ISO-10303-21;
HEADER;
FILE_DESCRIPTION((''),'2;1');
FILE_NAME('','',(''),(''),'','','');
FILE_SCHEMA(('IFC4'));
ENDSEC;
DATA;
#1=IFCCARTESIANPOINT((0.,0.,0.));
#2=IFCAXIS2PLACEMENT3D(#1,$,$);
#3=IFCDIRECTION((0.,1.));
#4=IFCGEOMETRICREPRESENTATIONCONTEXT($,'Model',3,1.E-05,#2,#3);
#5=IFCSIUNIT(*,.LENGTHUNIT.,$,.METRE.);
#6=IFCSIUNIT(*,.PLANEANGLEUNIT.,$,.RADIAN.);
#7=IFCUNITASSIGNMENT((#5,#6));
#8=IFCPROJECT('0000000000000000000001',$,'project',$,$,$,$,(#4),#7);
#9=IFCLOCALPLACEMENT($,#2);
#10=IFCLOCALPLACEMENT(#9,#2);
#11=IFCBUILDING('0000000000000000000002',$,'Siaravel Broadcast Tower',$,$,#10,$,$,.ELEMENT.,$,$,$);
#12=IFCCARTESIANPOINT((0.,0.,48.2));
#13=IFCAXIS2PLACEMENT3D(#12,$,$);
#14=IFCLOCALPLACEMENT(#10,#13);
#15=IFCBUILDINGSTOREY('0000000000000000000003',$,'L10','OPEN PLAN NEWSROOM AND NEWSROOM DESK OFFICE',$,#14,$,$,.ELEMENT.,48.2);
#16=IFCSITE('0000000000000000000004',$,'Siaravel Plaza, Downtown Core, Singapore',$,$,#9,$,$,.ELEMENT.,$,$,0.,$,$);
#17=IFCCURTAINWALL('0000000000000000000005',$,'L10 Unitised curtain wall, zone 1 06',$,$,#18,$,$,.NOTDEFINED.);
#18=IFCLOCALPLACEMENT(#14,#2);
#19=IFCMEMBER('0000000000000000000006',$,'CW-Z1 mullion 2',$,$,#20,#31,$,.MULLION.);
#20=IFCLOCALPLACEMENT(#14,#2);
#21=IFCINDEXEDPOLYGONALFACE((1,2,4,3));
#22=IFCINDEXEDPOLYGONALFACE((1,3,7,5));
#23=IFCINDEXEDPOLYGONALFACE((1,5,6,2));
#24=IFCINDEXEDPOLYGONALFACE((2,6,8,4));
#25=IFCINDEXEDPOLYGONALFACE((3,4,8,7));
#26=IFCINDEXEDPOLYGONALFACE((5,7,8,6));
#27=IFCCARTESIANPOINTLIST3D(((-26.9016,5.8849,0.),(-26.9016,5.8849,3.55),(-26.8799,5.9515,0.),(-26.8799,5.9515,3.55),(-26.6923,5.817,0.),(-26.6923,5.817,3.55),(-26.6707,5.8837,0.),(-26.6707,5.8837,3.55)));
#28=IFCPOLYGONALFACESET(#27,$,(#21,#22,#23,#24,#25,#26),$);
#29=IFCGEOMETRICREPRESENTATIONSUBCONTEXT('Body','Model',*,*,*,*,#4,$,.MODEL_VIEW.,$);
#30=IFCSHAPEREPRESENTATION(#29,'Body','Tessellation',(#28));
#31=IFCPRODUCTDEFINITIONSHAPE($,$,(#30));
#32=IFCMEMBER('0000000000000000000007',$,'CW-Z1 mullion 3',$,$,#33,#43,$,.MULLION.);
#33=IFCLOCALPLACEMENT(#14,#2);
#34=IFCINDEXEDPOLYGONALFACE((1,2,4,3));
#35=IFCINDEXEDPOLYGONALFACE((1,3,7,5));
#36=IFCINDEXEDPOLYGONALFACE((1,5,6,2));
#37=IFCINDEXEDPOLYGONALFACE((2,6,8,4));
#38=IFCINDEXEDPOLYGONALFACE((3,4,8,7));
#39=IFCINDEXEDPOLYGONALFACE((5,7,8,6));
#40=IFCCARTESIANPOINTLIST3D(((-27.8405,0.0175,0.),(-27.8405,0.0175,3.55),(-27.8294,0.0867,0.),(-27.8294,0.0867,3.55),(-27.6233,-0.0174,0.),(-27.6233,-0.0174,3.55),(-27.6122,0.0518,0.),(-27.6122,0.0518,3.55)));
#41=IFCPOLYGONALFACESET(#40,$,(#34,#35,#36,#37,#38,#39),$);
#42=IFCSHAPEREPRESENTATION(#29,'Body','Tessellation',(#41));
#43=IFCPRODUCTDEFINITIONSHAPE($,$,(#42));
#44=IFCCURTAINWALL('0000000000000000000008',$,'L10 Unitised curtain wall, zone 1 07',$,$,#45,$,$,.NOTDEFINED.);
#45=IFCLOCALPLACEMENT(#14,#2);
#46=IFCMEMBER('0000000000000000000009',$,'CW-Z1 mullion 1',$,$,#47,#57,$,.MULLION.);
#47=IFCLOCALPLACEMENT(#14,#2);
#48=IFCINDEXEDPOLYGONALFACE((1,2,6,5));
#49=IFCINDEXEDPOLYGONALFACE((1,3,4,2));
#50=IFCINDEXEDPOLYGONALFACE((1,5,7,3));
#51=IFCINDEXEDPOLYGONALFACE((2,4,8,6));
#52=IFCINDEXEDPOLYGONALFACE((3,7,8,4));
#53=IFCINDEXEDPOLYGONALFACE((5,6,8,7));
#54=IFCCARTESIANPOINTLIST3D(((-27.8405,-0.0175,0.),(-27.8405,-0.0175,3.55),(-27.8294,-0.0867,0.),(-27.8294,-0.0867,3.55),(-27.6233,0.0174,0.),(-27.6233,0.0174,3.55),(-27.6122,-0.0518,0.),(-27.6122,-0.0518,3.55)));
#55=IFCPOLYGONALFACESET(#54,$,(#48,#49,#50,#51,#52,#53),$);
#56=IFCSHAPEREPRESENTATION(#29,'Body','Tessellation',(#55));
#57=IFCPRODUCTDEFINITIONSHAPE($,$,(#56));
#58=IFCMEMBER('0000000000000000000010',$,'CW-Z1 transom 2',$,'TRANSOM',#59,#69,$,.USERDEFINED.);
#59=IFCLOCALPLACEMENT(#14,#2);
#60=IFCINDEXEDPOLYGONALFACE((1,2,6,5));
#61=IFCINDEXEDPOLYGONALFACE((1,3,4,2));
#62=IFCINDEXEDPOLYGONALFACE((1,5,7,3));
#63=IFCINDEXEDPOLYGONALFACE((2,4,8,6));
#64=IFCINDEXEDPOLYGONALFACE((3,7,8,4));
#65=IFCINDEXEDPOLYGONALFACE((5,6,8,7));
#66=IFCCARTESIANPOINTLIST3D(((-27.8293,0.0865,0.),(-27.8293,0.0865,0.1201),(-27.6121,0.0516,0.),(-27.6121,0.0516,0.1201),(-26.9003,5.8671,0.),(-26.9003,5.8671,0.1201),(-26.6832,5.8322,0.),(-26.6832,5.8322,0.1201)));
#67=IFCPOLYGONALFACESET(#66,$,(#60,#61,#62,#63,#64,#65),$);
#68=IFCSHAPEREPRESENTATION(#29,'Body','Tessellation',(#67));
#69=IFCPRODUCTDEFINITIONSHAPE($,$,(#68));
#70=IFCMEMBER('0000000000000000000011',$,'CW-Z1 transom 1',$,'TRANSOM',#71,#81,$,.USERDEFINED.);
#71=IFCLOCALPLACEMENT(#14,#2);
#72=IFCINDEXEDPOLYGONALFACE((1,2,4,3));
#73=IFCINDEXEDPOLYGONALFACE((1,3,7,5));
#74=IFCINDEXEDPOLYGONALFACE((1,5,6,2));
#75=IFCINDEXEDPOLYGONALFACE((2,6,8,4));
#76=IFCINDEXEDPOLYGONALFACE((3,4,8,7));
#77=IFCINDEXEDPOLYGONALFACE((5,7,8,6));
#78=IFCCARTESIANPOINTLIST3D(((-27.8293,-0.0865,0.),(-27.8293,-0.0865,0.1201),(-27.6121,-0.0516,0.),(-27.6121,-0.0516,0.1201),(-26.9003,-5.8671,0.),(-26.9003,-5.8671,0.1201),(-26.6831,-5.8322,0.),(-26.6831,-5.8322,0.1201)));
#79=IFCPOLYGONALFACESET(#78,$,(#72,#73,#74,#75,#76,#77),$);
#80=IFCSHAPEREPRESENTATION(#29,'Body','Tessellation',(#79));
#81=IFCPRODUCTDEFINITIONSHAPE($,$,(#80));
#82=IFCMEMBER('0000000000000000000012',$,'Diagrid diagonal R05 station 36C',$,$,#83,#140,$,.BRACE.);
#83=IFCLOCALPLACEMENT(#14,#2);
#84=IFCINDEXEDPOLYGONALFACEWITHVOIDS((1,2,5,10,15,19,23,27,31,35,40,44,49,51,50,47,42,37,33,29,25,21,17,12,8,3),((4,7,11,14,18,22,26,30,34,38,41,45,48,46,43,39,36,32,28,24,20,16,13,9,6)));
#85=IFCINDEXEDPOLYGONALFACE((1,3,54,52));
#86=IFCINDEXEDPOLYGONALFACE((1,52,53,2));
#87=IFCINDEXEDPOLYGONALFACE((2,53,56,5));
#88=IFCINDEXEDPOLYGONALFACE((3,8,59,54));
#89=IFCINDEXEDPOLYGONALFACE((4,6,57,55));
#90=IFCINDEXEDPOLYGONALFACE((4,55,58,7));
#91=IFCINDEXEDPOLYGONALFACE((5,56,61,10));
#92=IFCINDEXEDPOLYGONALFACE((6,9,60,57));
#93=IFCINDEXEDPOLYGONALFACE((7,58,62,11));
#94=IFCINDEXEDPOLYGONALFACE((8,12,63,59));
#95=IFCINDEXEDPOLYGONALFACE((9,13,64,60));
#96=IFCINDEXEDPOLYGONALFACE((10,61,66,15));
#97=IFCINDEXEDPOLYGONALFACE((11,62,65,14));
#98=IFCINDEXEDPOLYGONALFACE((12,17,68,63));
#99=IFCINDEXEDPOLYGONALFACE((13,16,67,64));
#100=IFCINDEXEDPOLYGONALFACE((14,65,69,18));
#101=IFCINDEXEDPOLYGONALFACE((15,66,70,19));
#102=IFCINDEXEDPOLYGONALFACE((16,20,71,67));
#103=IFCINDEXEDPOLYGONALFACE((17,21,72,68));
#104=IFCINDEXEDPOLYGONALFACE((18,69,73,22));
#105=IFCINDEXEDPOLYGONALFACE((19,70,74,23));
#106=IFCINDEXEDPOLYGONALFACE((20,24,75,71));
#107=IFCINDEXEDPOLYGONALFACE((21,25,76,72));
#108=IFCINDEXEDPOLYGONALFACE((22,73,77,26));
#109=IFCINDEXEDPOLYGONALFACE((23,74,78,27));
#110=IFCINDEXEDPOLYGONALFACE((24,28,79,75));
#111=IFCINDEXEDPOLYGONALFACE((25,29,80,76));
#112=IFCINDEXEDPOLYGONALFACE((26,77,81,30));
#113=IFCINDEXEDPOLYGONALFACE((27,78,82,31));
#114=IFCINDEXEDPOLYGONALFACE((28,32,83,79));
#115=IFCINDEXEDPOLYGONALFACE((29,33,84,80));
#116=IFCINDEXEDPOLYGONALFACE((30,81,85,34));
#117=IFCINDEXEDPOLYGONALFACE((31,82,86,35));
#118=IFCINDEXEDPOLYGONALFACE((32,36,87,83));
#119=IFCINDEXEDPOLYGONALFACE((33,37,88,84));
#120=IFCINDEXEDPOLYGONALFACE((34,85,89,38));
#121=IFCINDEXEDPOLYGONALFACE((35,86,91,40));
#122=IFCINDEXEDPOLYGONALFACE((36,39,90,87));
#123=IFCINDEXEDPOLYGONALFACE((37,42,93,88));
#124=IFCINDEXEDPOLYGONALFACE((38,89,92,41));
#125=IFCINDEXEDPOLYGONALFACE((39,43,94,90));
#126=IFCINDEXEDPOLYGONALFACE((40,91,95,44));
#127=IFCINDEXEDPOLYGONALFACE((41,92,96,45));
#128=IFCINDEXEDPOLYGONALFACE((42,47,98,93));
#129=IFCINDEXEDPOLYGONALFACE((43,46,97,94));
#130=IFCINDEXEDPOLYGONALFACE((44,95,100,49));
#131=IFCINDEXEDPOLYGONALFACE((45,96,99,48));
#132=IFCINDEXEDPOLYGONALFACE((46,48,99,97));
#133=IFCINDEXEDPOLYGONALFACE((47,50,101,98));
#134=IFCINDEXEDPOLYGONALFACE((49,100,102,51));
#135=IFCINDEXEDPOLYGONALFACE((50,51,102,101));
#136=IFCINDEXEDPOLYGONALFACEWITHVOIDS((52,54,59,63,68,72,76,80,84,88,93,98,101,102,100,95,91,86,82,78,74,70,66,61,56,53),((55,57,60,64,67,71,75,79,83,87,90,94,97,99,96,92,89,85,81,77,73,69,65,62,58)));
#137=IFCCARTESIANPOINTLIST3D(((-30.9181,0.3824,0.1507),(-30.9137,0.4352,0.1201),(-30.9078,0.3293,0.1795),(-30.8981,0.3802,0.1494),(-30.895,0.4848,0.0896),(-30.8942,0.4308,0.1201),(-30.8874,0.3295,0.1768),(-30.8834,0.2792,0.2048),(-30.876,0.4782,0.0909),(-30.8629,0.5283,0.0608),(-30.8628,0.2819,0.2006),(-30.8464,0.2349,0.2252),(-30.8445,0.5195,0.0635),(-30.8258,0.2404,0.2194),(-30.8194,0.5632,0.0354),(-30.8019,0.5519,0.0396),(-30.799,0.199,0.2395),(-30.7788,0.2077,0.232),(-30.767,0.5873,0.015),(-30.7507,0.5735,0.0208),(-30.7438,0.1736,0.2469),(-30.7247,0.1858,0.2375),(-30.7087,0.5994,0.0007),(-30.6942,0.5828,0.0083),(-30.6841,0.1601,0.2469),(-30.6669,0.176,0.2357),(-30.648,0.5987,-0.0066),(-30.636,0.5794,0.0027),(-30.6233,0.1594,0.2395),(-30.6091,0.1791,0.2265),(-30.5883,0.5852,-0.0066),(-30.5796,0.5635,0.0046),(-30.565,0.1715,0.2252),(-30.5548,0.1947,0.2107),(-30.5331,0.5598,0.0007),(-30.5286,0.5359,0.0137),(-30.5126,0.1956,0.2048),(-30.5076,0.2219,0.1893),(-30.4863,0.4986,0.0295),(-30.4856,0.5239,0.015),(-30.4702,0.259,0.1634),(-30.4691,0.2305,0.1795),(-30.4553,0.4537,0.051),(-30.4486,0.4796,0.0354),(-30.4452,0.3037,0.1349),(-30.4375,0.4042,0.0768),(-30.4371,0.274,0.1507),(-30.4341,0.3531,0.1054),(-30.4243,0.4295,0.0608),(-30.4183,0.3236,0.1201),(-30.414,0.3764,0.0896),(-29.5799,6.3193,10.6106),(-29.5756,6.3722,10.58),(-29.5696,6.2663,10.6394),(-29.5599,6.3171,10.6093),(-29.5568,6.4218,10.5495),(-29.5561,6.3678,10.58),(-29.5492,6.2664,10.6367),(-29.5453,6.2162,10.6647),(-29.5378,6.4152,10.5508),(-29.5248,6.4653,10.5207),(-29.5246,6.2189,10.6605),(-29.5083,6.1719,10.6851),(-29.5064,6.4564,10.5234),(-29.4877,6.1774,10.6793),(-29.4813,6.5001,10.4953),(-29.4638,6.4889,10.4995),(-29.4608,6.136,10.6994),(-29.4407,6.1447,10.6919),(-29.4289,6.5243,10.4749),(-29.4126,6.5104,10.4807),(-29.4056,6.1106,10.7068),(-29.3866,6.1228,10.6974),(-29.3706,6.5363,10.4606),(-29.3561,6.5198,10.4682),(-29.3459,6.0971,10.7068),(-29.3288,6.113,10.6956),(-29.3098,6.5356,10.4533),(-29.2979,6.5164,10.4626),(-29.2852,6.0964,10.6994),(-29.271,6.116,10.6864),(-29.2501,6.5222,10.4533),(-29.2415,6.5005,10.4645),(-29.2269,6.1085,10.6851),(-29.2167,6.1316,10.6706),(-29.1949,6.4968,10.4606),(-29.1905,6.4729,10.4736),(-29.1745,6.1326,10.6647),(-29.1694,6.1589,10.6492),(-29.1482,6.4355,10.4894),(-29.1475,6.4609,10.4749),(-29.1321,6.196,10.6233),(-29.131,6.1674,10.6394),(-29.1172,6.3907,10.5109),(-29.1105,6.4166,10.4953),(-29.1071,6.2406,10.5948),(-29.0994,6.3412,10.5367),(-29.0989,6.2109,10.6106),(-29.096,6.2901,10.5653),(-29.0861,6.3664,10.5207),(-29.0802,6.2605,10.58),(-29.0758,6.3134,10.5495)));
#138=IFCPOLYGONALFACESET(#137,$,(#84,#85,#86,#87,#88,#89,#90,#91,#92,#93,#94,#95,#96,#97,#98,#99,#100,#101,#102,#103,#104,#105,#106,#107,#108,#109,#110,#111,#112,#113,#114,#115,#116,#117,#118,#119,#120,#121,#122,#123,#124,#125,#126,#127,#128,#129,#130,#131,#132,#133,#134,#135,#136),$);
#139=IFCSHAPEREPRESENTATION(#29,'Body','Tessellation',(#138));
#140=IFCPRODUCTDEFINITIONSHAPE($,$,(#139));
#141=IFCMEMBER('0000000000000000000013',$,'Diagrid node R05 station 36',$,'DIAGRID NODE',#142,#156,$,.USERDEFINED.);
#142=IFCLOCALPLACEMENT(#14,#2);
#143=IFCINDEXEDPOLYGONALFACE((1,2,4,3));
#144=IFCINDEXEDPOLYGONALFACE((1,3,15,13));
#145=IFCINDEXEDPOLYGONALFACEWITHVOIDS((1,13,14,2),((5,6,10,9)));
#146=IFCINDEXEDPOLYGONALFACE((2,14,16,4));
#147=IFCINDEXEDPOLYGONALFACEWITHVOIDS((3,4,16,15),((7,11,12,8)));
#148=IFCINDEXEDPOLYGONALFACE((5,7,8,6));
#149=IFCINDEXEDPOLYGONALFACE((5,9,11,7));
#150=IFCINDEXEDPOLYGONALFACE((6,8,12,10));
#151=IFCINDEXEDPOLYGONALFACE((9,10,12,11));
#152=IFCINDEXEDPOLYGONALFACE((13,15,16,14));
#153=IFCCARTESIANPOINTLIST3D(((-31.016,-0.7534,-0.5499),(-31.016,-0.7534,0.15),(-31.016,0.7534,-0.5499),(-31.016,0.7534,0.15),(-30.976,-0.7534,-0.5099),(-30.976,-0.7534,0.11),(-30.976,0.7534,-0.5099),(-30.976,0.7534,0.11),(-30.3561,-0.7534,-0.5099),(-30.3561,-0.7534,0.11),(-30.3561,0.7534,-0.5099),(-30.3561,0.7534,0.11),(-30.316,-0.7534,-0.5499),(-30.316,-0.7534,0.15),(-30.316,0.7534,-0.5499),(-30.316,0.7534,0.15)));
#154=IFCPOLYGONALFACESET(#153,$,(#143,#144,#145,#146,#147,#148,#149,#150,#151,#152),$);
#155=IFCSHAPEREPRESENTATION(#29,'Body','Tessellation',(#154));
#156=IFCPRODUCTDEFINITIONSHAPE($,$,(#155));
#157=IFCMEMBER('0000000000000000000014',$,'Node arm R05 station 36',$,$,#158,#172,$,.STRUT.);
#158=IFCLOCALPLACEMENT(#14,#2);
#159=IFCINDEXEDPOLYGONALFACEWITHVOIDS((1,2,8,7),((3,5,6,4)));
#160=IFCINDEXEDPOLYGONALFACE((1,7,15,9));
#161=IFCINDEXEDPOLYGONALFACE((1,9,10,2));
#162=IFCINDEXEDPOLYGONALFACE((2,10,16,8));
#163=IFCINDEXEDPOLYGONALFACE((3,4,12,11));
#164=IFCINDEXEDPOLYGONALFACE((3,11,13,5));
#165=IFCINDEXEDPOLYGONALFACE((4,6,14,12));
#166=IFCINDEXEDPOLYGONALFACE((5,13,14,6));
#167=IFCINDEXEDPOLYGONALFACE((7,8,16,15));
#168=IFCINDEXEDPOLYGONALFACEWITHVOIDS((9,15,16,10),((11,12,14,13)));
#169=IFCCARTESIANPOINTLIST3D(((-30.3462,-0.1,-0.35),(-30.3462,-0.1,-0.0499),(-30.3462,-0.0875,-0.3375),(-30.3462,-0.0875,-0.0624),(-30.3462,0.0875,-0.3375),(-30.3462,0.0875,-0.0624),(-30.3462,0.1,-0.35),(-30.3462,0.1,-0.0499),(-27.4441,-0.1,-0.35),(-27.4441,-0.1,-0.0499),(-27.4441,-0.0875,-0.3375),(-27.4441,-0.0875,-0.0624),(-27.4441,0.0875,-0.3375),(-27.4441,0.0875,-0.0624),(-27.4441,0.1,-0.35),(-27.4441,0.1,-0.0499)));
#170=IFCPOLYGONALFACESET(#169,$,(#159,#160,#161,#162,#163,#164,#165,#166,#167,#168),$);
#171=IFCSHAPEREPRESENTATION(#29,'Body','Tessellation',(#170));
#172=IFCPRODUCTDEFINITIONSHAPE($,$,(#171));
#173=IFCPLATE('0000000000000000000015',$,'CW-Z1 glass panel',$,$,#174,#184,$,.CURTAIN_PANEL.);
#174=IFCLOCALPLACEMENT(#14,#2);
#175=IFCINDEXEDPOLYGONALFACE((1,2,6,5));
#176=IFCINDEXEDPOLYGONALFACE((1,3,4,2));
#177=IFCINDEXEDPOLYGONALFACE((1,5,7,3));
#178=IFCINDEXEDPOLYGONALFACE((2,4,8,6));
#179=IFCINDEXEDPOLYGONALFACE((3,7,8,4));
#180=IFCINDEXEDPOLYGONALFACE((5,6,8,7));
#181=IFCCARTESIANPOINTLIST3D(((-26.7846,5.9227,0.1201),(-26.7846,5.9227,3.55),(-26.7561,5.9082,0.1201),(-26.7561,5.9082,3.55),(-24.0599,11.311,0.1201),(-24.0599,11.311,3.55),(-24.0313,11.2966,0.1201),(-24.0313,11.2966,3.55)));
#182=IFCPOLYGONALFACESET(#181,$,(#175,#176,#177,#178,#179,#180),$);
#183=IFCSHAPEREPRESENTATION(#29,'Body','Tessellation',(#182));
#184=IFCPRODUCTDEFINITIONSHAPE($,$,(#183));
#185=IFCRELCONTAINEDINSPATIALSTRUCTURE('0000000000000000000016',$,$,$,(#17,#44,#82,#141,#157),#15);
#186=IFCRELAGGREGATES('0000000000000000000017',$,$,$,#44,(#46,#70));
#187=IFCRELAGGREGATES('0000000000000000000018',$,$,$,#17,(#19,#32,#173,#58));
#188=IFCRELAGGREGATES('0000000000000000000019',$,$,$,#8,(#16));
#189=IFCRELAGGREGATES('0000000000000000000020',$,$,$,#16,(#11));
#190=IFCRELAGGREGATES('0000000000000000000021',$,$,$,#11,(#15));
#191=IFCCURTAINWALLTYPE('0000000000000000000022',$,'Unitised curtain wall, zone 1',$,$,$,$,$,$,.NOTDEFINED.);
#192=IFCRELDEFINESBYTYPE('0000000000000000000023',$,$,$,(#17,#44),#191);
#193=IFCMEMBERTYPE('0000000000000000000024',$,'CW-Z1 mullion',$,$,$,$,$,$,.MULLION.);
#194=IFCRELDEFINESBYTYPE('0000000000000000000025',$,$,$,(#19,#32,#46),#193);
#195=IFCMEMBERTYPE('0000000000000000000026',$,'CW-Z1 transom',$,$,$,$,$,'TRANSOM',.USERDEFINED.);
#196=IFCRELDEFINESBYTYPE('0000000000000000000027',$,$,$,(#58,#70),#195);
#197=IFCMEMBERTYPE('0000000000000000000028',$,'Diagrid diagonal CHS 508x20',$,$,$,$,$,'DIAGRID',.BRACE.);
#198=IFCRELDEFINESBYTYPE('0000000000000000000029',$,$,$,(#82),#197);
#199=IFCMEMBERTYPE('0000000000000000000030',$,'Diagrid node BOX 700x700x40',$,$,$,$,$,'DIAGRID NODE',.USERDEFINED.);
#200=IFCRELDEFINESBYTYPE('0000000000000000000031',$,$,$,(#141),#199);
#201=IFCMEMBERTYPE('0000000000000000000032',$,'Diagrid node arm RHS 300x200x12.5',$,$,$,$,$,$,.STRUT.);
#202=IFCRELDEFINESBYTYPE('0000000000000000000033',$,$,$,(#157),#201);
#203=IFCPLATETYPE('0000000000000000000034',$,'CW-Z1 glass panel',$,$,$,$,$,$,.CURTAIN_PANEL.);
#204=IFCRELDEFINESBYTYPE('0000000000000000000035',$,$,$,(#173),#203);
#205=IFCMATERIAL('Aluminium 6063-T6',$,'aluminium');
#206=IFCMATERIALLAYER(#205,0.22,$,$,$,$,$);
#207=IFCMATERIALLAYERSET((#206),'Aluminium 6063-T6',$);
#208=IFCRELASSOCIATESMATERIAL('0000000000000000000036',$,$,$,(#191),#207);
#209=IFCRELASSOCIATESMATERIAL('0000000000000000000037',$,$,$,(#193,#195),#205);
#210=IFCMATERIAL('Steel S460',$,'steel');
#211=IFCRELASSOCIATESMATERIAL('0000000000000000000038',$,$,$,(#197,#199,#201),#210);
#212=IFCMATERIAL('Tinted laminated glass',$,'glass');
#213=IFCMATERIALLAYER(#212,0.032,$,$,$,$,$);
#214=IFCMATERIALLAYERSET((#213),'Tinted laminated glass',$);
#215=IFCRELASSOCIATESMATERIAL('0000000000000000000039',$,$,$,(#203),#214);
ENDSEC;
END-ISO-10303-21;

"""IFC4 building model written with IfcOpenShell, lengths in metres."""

from ifc_helpers import new_model, si_unit, direction, frame, origin, origin_2d, place, context, subcontext, project, spatial, rectangle, hollow_rectangle, hollow_circle, extrude, material, layer, layer_set, material_profile, profile_set, type_object, element, aggregate, save


model = new_model("IFC4")

# Units and contexts
model_context = context("Model", 3, precision=1e-05, world=origin(), true_north=direction((0.0, 1.0)))
body_context = subcontext(model_context, "Body", "Model", "MODEL_VIEW")
ifc_project = project(units=[si_unit("LENGTHUNIT", "METRE"), si_unit("PLANEANGLEUNIT", "RADIAN")], contexts=[model_context])

# Site, building, storey
site_placement = place(None, origin())
site = spatial("IfcSite", under=ifc_project, at=site_placement, Name="Siaravel Plaza, Downtown Core, Singapore", CompositionType="ELEMENT", RefElevation=0.0)
building_placement = place(site_placement, origin())
building = spatial("IfcBuilding", under=site, at=building_placement, Name="Siaravel Broadcast Tower", CompositionType="ELEMENT")
storey_placement = place(building_placement, frame((0.0, 0.0, 48.2)))
storey = spatial("IfcBuildingStorey", under=building, at=storey_placement, Name="L10", Description="OPEN PLAN NEWSROOM AND NEWSROOM DESK OFFICE", CompositionType="ELEMENT", Elevation=48.2)

# Curtain wall, members
ifc_material_1 = material(Name="Aluminium 6063-T6", Category="aluminium")
ifc_layer_1 = layer(ifc_material_1, 0.22)
ifc_layer_set_1 = layer_set([ifc_layer_1], Name="Aluminium 6063-T6")
curtain_wall_type = type_object("IfcCurtainWallType", Name="Unitised curtain wall, zone 1", PredefinedType="NOTDEFINED", material=ifc_layer_set_1)
curtain_wall_1_placement = place(storey_placement, origin())
curtain_wall_1 = element("IfcCurtainWall", 1, at=curtain_wall_1_placement, inside=storey, type_object=curtain_wall_type, Name="L10 Unitised curtain wall, zone 1 06", PredefinedType="NOTDEFINED")
ifc_material_profile_1 = material_profile(ifc_material_1, rectangle(XDim=0.22, YDim=0.0701, at=origin_2d()))
ifc_profile_set_1 = profile_set([ifc_material_profile_1], Name="Aluminium 6063-T6")
member_type_1 = type_object("IfcMemberType", Name="CW-Z1 mullion", PredefinedType="MULLION", material=ifc_profile_set_1)
member_1_placement = place(storey_placement, frame((-26.7861, 5.8843, 0.0), z_axis=(0.0, 0.0, 1.0), x_axis=(0.951177, -0.308646, 0.0)))
member_1 = element("IfcMember", 2, at=member_1_placement, type_object=member_type_1, Name="CW-Z1 mullion 2", PredefinedType="MULLION", context=body_context, shape_type="SweptSolid", body=[
    extrude(rectangle(XDim=0.22, YDim=0.0701, at=origin_2d()), origin(), (0.0, 0.0, 1.0), 3.55),
])
member_2_placement = place(storey_placement, frame((-27.7263, 0.0347, 0.0), z_axis=(0.0, 0.0, 1.0), x_axis=(0.987329, -0.158686, 0.0)))
member_2 = element("IfcMember", 3, at=member_2_placement, type_object=member_type_1, Name="CW-Z1 mullion 3", PredefinedType="MULLION", context=body_context, shape_type="SweptSolid", body=[
    extrude(rectangle(XDim=0.22, YDim=0.0701, at=origin_2d()), origin(), (0.0, 0.0, 1.0), 3.55),
])

# Curtain wall, member
curtain_wall_2_placement = place(storey_placement, origin())
curtain_wall_2 = element("IfcCurtainWall", 4, at=curtain_wall_2_placement, inside=storey, type_object=curtain_wall_type, Name="L10 Unitised curtain wall, zone 1 07", PredefinedType="NOTDEFINED")
member_3_placement = place(storey_placement, frame((-27.7263, -0.0347, 0.0), z_axis=(0.0, 0.0, 1.0), x_axis=(0.987329, 0.158686, 0.0)))
member_3 = element("IfcMember", 5, at=member_3_placement, type_object=member_type_1, Name="CW-Z1 mullion 1", PredefinedType="MULLION", context=body_context, shape_type="SweptSolid", body=[
    extrude(rectangle(XDim=0.22, YDim=0.0701, at=origin_2d()), origin(), (0.0, 0.0, 1.0), 3.55),
])

# Members
ifc_material_profile_2 = material_profile(ifc_material_1, rectangle(XDim=0.22, YDim=0.1201, at=origin_2d()))
ifc_profile_set_2 = profile_set([ifc_material_profile_2], Name="Aluminium 6063-T6")
member_type_2 = type_object("IfcMemberType", Name="CW-Z1 transom", ElementType="TRANSOM", PredefinedType="USERDEFINED", material=ifc_profile_set_2)
member_4_placement = place(storey_placement, frame((-26.7917, 5.8496, 0.0601), z_axis=(-0.158669, -0.987332, 0.0), x_axis=(0.987332, -0.158669, 0.0)))
member_4 = element("IfcMember", 6, at=member_4_placement, type_object=member_type_2, Name="CW-Z1 transom 2", ObjectType="TRANSOM", PredefinedType="USERDEFINED", context=body_context, shape_type="SweptSolid", body=[
    extrude(rectangle(XDim=0.22, YDim=0.1201, at=origin_2d()), origin(), (0.0, 0.0, 1.0), 5.8547),
])
member_5_placement = place(storey_placement, frame((-27.7207, -0.0691, 0.0601), z_axis=(0.158669, -0.987332, 0.0), x_axis=(0.987332, 0.158669, 0.0)))
member_5 = element("IfcMember", 7, at=member_5_placement, type_object=member_type_2, Name="CW-Z1 transom 1", ObjectType="TRANSOM", PredefinedType="USERDEFINED", context=body_context, shape_type="SweptSolid", body=[
    extrude(rectangle(XDim=0.22, YDim=0.1201, at=origin_2d()), origin(), (0.0, 0.0, 1.0), 5.8547),
])
aggregate(curtain_wall_2, [member_3, member_5])

# Members
ifc_material_2 = material(Name="Steel S460", Category="steel")
ifc_material_profile_3 = material_profile(ifc_material_2, hollow_circle(Radius=0.2539, WallThickness=0.02, at=origin_2d()))
ifc_profile_set_3 = profile_set([ifc_material_profile_3], Name="Steel S460")
member_type_3 = type_object("IfcMemberType", Name="Diagrid diagonal CHS 508x20", ElementType="DIAGRID", PredefinedType="BRACE", material=ifc_profile_set_3)
member_6_placement = place(storey_placement, frame((-30.666, 0.3794, 0.1201), z_axis=(0.110575, 0.490596, 0.864343), x_axis=(-0.975529, 0.219873, 0.0)))
element("IfcMember", 8, at=member_6_placement, inside=storey, type_object=member_type_3, Name="Diagrid diagonal R05 station 36C", PredefinedType="BRACE", context=body_context, shape_type="SweptSolid", body=[
    extrude(hollow_circle(Radius=0.2539, WallThickness=0.02, at=origin_2d()), origin(), (0.0, 0.0, 1.0), 12.1016),
])
ifc_material_profile_4 = material_profile(ifc_material_2, hollow_rectangle(XDim=0.7, YDim=0.7, WallThickness=0.04, at=origin_2d()))
ifc_profile_set_4 = profile_set([ifc_material_profile_4], Name="Steel S460")
member_type_4 = type_object("IfcMemberType", Name="Diagrid node BOX 700x700x40", ElementType="DIAGRID NODE", PredefinedType="USERDEFINED", material=ifc_profile_set_4)
member_7_placement = place(storey_placement, frame((-30.666, 0.7534, -0.2), z_axis=(0.0, -1.0, 0.0), x_axis=(1.0, 0.0, 0.0)))
element("IfcMember", 9, at=member_7_placement, inside=storey, type_object=member_type_4, Name="Diagrid node R05 station 36", ObjectType="DIAGRID NODE", PredefinedType="USERDEFINED", context=body_context, shape_type="SweptSolid", body=[
    extrude(hollow_rectangle(XDim=0.7, YDim=0.7, WallThickness=0.04, at=origin_2d()), origin(), (0.0, 0.0, 1.0), 1.5068),
])
ifc_material_profile_5 = material_profile(ifc_material_2, hollow_rectangle(XDim=0.2, YDim=0.3, WallThickness=0.0125, at=origin_2d()))
ifc_profile_set_5 = profile_set([ifc_material_profile_5], Name="Steel S460")
member_type_5 = type_object("IfcMemberType", Name="Diagrid node arm RHS 300x200x12.5", PredefinedType="STRUT", material=ifc_profile_set_5)
member_8_placement = place(storey_placement, frame((-27.4441, 0.0, -0.2), z_axis=(-1.0, 0.0, 0.0), x_axis=(0.0, -1.0, 0.0)))
element("IfcMember", 10, at=member_8_placement, inside=storey, type_object=member_type_5, Name="Node arm R05 station 36", PredefinedType="STRUT", context=body_context, shape_type="SweptSolid", body=[
    extrude(hollow_rectangle(XDim=0.2, YDim=0.3, WallThickness=0.0125, at=origin_2d()), origin(), (0.0, 0.0, 1.0), 2.9021),
])

# Plate
ifc_material_3 = material(Name="Tinted laminated glass", Category="glass")
ifc_layer_2 = layer(ifc_material_3, 0.032)
ifc_layer_set_2 = layer_set([ifc_layer_2], Name="Tinted laminated glass")
plate_type = type_object("IfcPlateType", Name="CW-Z1 glass panel", PredefinedType="CURTAIN_PANEL", material=ifc_layer_set_2)
plate_1_placement = place(storey_placement, frame((-25.408, 8.6096, 0.1201), z_axis=(0.0, 0.0, 1.0), x_axis=(-0.451261, -0.892392, 0.0)))
plate_1 = element("IfcPlate", 11, at=plate_1_placement, type_object=plate_type, Name="CW-Z1 glass panel", PredefinedType="CURTAIN_PANEL", context=body_context, shape_type="SweptSolid", body=[
    extrude(rectangle(XDim=6.0381, YDim=0.032, at=origin_2d()), origin(), (0.0, 0.0, 1.0), 3.4299),
])
aggregate(curtain_wall_1, [member_1, member_2, plate_1, member_4])

save(model, "model.ifc")
